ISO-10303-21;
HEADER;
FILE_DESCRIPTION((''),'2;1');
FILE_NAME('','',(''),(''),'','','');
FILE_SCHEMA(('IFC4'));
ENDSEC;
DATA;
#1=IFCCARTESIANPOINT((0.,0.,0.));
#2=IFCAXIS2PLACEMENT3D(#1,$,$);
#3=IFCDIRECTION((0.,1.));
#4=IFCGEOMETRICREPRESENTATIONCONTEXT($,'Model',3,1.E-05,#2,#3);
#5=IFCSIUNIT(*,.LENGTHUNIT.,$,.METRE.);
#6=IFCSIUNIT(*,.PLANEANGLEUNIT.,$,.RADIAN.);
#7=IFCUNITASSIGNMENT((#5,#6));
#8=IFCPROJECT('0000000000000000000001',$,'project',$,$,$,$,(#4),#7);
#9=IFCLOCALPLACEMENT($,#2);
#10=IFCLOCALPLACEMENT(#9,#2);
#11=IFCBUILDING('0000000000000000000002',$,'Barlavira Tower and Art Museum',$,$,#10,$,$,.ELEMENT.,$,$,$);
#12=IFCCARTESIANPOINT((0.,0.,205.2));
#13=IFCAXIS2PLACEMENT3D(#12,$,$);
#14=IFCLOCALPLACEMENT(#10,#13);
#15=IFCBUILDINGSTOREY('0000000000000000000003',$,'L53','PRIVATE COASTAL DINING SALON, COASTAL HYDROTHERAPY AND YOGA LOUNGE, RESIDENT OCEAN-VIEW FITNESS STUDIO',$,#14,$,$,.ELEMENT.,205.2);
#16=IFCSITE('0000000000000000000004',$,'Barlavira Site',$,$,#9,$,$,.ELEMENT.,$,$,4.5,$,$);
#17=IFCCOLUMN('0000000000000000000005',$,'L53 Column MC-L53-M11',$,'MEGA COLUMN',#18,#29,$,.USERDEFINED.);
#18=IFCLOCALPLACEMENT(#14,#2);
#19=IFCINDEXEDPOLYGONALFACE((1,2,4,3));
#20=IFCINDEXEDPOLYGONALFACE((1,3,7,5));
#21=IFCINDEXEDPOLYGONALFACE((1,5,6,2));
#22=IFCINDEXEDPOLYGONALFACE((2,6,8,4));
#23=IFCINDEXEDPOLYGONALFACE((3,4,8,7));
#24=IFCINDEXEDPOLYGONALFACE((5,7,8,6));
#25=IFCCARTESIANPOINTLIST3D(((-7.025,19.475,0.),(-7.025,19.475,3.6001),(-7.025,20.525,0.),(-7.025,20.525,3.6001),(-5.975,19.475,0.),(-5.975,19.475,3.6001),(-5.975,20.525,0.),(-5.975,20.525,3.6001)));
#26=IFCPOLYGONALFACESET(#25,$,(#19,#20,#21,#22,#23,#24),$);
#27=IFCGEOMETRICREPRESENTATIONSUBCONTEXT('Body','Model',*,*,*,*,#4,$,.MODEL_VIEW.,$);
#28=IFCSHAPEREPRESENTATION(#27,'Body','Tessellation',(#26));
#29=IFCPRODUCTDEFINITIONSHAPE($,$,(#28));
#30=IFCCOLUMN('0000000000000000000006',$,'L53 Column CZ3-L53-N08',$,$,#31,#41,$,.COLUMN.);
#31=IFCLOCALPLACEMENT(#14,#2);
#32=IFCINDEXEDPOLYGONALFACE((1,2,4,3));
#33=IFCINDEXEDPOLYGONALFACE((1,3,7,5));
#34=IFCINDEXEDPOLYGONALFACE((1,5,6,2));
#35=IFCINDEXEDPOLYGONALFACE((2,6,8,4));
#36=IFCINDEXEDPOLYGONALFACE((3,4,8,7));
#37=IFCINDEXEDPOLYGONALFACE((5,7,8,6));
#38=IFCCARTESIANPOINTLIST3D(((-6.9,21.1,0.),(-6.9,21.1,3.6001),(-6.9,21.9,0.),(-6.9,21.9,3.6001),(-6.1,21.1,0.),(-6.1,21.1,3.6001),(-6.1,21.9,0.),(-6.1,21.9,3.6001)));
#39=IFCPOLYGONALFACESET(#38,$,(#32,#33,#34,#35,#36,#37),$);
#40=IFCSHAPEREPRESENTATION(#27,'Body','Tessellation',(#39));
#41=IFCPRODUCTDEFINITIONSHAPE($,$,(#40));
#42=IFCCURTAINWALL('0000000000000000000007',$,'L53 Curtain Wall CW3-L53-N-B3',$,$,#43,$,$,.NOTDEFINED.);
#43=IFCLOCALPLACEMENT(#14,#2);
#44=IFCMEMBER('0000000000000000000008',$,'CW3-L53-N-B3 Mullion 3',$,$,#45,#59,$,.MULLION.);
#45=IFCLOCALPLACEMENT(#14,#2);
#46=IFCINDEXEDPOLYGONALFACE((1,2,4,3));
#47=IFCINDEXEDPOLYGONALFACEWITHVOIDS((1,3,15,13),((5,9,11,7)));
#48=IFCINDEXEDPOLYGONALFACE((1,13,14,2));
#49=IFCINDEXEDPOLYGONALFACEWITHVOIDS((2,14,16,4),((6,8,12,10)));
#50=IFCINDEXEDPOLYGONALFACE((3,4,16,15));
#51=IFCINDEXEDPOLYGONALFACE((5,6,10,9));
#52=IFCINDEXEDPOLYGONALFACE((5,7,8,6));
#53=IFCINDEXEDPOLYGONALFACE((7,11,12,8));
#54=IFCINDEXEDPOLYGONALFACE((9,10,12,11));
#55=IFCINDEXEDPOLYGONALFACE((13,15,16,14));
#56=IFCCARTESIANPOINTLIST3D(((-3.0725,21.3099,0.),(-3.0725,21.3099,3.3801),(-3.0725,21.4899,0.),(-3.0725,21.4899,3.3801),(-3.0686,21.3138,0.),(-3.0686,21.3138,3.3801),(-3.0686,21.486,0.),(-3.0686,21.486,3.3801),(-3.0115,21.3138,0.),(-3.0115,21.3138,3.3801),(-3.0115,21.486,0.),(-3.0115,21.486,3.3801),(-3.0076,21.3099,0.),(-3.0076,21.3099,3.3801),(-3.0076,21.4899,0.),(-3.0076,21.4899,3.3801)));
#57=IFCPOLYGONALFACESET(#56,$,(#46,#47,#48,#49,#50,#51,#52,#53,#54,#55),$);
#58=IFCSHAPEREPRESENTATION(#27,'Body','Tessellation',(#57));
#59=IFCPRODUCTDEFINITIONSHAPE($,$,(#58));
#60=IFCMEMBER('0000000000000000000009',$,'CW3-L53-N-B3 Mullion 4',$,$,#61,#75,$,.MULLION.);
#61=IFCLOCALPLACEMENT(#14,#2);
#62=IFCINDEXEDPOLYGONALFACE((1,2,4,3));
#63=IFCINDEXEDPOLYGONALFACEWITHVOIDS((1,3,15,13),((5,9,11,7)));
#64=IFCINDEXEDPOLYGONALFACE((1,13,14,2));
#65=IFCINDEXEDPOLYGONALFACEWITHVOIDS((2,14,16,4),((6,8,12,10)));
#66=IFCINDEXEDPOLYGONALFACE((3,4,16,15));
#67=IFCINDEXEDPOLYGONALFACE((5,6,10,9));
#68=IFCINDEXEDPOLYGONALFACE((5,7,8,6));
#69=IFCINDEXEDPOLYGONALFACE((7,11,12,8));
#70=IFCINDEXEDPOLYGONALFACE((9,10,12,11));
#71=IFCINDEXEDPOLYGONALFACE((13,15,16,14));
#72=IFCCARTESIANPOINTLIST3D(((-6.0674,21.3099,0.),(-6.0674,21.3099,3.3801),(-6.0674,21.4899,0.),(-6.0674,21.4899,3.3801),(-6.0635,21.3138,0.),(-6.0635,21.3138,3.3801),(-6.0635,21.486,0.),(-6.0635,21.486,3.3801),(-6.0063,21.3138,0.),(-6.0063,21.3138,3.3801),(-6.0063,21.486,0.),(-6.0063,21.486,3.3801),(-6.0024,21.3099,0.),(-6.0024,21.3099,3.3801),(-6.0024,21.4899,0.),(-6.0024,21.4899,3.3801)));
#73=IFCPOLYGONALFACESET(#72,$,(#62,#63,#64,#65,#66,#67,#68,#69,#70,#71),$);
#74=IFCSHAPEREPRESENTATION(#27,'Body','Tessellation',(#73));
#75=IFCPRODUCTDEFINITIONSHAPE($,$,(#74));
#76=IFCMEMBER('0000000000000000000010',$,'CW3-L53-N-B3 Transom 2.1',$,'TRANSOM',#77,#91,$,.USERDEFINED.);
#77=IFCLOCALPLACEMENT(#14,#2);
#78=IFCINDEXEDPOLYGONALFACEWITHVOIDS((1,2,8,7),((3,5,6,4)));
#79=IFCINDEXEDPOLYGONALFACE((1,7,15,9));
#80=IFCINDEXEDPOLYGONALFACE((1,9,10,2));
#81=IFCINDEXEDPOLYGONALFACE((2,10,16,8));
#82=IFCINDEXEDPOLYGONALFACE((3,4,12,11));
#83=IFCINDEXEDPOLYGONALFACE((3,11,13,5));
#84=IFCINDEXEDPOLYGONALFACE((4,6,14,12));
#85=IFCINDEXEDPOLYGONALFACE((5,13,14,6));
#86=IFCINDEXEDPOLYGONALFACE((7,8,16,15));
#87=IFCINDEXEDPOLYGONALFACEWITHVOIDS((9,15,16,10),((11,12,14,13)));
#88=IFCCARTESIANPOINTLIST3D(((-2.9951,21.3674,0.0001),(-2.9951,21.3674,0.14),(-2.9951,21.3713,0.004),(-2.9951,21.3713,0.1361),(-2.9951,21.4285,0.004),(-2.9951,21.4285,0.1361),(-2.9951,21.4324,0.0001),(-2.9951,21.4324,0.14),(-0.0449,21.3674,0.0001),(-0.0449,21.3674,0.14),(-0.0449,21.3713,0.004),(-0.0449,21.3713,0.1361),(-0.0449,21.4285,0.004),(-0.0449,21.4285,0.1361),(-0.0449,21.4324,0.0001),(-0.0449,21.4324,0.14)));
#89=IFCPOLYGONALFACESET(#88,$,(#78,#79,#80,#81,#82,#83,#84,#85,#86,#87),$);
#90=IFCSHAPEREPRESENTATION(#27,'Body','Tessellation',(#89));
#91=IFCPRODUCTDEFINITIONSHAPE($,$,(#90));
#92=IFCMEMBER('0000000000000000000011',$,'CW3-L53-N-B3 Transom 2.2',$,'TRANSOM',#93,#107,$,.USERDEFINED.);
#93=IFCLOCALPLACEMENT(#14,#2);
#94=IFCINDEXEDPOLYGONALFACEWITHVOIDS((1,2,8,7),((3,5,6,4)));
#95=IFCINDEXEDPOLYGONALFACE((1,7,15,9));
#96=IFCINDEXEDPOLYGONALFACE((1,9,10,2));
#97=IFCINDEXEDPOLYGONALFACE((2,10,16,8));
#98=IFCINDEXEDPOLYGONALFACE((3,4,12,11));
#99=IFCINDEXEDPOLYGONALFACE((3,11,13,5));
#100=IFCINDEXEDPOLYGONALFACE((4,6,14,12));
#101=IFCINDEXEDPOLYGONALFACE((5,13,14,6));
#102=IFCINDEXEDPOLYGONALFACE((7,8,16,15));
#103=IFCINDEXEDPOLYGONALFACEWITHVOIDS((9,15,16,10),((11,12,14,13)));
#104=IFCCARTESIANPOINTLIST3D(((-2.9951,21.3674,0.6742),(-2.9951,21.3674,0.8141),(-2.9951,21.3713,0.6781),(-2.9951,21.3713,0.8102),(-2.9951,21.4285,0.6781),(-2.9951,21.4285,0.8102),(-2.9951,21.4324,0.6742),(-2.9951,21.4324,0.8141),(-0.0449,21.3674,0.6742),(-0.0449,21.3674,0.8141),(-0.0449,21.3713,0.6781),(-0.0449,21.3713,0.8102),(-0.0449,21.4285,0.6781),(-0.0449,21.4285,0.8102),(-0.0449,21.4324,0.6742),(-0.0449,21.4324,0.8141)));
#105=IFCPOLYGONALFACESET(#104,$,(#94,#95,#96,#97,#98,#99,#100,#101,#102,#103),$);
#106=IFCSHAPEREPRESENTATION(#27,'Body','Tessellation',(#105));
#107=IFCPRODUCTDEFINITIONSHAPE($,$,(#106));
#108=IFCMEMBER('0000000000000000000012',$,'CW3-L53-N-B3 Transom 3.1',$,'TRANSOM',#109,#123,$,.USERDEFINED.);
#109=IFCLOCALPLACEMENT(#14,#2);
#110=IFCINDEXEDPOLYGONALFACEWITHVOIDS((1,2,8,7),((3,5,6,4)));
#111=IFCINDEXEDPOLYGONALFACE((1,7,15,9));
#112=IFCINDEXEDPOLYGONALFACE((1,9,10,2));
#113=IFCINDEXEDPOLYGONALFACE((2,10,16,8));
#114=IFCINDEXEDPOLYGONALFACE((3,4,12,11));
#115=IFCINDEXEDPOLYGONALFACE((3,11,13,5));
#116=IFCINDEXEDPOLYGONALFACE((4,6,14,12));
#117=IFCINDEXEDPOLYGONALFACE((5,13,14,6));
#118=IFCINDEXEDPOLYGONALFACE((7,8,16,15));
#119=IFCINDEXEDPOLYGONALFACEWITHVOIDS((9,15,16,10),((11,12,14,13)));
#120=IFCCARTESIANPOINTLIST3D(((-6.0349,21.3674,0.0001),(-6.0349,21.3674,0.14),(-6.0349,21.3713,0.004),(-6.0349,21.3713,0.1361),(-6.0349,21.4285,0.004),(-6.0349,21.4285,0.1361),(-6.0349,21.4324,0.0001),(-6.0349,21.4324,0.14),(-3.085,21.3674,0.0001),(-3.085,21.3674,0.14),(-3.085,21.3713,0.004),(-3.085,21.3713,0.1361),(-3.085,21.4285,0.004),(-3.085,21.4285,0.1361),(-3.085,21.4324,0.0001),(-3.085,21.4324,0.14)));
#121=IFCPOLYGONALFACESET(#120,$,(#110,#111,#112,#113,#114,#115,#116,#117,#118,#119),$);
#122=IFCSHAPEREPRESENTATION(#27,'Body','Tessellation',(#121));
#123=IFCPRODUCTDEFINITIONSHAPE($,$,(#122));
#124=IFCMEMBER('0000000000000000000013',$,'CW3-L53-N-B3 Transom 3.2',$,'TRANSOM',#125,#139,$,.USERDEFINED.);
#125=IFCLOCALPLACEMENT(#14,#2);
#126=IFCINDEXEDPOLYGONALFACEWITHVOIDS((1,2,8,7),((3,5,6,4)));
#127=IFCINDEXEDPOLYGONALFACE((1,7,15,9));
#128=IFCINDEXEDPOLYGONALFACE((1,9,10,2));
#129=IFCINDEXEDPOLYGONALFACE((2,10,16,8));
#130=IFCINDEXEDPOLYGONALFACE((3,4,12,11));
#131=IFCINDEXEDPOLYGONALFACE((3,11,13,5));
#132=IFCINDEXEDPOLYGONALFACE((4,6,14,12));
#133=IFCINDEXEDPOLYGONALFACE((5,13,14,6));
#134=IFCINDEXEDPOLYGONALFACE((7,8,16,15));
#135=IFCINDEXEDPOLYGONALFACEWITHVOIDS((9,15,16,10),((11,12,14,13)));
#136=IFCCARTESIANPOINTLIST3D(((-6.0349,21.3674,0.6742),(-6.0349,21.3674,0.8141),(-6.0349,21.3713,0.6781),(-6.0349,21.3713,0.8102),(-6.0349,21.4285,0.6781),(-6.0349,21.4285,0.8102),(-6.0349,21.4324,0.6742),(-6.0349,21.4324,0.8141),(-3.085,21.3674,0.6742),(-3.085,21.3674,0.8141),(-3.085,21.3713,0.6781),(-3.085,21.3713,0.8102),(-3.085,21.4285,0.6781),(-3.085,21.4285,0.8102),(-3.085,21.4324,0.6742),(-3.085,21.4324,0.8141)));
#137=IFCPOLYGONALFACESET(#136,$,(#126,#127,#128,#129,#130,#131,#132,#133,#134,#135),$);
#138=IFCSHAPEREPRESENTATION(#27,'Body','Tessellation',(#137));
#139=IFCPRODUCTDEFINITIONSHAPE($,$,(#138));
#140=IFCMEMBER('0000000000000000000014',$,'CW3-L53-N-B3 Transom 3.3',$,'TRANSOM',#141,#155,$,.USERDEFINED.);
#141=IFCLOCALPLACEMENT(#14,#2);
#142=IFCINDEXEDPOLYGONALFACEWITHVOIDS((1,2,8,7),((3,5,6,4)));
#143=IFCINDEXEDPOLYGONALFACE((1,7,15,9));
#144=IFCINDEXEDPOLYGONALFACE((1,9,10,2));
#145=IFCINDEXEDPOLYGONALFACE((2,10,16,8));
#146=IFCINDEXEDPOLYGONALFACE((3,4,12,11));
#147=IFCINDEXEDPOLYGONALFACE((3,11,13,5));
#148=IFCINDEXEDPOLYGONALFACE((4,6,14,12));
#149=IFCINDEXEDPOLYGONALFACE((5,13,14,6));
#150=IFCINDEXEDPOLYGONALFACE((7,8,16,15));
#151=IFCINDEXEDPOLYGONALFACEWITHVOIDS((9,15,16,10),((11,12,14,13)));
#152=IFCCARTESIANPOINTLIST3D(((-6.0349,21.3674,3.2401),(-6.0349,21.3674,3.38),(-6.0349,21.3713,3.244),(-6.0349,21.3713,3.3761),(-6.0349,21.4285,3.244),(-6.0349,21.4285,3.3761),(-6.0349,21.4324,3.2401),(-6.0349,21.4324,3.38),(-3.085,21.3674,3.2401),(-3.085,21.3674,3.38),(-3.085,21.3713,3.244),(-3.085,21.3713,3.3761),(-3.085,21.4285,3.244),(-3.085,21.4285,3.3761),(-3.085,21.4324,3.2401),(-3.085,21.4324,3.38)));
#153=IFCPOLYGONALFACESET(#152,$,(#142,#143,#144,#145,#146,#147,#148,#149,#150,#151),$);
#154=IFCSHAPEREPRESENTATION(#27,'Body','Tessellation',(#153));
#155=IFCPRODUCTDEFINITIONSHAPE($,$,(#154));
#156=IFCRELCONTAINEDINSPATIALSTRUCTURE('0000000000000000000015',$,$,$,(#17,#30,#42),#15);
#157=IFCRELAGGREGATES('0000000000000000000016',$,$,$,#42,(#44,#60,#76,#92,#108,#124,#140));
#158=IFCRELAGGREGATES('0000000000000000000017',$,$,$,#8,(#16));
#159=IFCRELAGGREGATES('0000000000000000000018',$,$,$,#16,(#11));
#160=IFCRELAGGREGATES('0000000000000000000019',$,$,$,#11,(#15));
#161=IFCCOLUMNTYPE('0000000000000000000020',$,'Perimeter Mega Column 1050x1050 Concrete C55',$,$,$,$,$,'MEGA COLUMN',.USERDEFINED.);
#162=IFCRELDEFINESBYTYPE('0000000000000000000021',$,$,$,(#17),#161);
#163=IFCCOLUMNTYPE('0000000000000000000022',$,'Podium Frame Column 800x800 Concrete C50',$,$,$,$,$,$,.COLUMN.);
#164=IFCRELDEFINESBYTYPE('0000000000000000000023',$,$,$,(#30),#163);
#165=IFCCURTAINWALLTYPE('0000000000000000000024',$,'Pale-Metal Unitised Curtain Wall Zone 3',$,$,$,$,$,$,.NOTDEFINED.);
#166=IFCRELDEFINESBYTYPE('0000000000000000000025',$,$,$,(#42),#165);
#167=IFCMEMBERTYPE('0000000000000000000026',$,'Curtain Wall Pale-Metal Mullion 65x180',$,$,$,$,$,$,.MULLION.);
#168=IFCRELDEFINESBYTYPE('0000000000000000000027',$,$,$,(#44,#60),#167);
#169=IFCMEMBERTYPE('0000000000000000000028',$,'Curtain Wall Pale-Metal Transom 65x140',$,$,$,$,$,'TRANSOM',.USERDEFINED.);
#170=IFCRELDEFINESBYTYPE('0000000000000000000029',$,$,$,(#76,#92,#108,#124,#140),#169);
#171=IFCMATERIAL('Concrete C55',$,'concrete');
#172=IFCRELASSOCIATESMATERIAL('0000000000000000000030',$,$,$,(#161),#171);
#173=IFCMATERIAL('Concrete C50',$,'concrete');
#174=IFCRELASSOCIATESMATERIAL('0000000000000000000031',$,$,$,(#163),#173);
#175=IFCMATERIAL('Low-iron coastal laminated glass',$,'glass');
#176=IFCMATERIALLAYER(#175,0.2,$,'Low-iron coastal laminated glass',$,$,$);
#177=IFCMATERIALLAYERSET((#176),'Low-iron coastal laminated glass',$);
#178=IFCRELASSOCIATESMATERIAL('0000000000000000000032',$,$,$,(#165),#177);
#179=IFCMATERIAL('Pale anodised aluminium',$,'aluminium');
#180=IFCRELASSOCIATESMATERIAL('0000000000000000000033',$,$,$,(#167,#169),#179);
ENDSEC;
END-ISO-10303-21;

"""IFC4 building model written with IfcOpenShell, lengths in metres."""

from ifc_helpers import new_model, si_unit, direction, frame, origin, origin_2d, place, context, subcontext, project, spatial, rectangle, hollow_rectangle, extrude, material, layer, layer_set, material_profile, profile_set, type_object, element, aggregate, save


model = new_model("IFC4")

# Units and contexts
model_context = context("Model", 3, precision=1e-05, world=origin(), true_north=direction((0.0, 1.0)))
body_context = subcontext(model_context, "Body", "Model", "MODEL_VIEW")
ifc_project = project(units=[si_unit("LENGTHUNIT", "METRE"), si_unit("PLANEANGLEUNIT", "RADIAN")], contexts=[model_context])

# Site, building, storey
site_placement = place(None, origin())
site = spatial("IfcSite", under=ifc_project, at=site_placement, Name="Barlavira Site", CompositionType="ELEMENT", RefElevation=4.5)
building_placement = place(site_placement, origin())
building = spatial("IfcBuilding", under=site, at=building_placement, Name="Barlavira Tower and Art Museum", CompositionType="ELEMENT")
storey_placement = place(building_placement, frame((0.0, 0.0, 205.2)))
storey = spatial("IfcBuildingStorey", under=building, at=storey_placement, Name="L53", Description="PRIVATE COASTAL DINING SALON, COASTAL HYDROTHERAPY AND YOGA LOUNGE, RESIDENT OCEAN-VIEW FITNESS STUDIO", CompositionType="ELEMENT", Elevation=205.2)

# Columns
ifc_material_1 = material(Name="Concrete C55", Category="concrete")
ifc_material_profile_1 = material_profile(ifc_material_1, rectangle(XDim=1.05, YDim=1.05, at=origin_2d()), Name="RC-COL 1050x1050")
ifc_profile_set_1 = profile_set([ifc_material_profile_1], Name="Concrete C55")
column_type_1 = type_object("IfcColumnType", Name="Perimeter Mega Column 1050x1050 Concrete C55", ElementType="MEGA COLUMN", PredefinedType="USERDEFINED", material=ifc_profile_set_1)
column_1_placement = place(storey_placement, frame((-6.5, 20.0, 0.0), z_axis=(0.0, 0.0, 1.0), x_axis=(1.0, 0.0, 0.0)))
element("IfcColumn", 1, at=column_1_placement, inside=storey, type_object=column_type_1, Name="L53 Column MC-L53-M11", ObjectType="MEGA COLUMN", PredefinedType="USERDEFINED", context=body_context, shape_type="SweptSolid", body=[
    extrude(rectangle(XDim=1.05, YDim=1.05, at=origin_2d()), origin(), (0.0, 0.0, 1.0), 3.6001),
])
ifc_material_2 = material(Name="Concrete C50", Category="concrete")
ifc_material_profile_2 = material_profile(ifc_material_2, rectangle(XDim=0.8, YDim=0.8, at=origin_2d()), Name="RC-COL 800x800")
ifc_profile_set_2 = profile_set([ifc_material_profile_2], Name="Concrete C50")
column_type_2 = type_object("IfcColumnType", Name="Podium Frame Column 800x800 Concrete C50", PredefinedType="COLUMN", material=ifc_profile_set_2)
column_2_placement = place(storey_placement, frame((-6.5, 21.5, 0.0), z_axis=(0.0, 0.0, 1.0), x_axis=(1.0, 0.0, 0.0)))
element("IfcColumn", 2, at=column_2_placement, inside=storey, type_object=column_type_2, Name="L53 Column CZ3-L53-N08", PredefinedType="COLUMN", context=body_context, shape_type="SweptSolid", body=[
    extrude(rectangle(XDim=0.8, YDim=0.8, at=origin_2d()), origin(), (0.0, 0.0, 1.0), 3.6001),
])

# Curtain wall, members
ifc_material_3 = material(Name="Low-iron coastal laminated glass", Category="glass")
ifc_layer_1 = layer(ifc_material_3, 0.2, Name="Low-iron coastal laminated glass")
ifc_layer_set_1 = layer_set([ifc_layer_1], Name="Low-iron coastal laminated glass")
curtain_wall_type = type_object("IfcCurtainWallType", Name="Pale-Metal Unitised Curtain Wall Zone 3", PredefinedType="NOTDEFINED", material=ifc_layer_set_1)
curtain_wall_placement = place(storey_placement, origin())
curtain_wall = element("IfcCurtainWall", 3, at=curtain_wall_placement, inside=storey, type_object=curtain_wall_type, Name="L53 Curtain Wall CW3-L53-N-B3", PredefinedType="NOTDEFINED")
ifc_material_4 = material(Name="Pale anodised aluminium", Category="aluminium")
ifc_material_profile_3 = material_profile(ifc_material_4, hollow_rectangle(XDim=0.0649, YDim=0.1799, WallThickness=0.0039, at=origin_2d()), Name="ALU-MULL 65x180x4")
ifc_profile_set_3 = profile_set([ifc_material_profile_3], Name="Pale anodised aluminium")
member_type_1 = type_object("IfcMemberType", Name="Curtain Wall Pale-Metal Mullion 65x180", PredefinedType="MULLION", material=ifc_profile_set_3)
member_1_placement = place(storey_placement, frame((-3.04, 21.3999, 0.0), z_axis=(0.0, 0.0, 1.0), x_axis=(-1.0, 0.0, 0.0)))
member_1 = element("IfcMember", 4, at=member_1_placement, type_object=member_type_1, Name="CW3-L53-N-B3 Mullion 3", PredefinedType="MULLION", context=body_context, shape_type="SweptSolid", body=[
    extrude(hollow_rectangle(XDim=0.0649, YDim=0.1799, WallThickness=0.0039, at=origin_2d()), origin(), (0.0, 0.0, 1.0), 3.3801),
])
member_2_placement = place(storey_placement, frame((-6.0349, 21.3999, 0.0), z_axis=(0.0, 0.0, 1.0), x_axis=(-1.0, 0.0, 0.0)))
member_2 = element("IfcMember", 5, at=member_2_placement, type_object=member_type_1, Name="CW3-L53-N-B3 Mullion 4", PredefinedType="MULLION", context=body_context, shape_type="SweptSolid", body=[
    extrude(hollow_rectangle(XDim=0.0649, YDim=0.1799, WallThickness=0.0039, at=origin_2d()), origin(), (0.0, 0.0, 1.0), 3.3801),
])
ifc_material_profile_4 = material_profile(ifc_material_4, hollow_rectangle(XDim=0.0649, YDim=0.1399, WallThickness=0.0039, at=origin_2d()), Name="ALU-TRAN 65x140x4")
ifc_profile_set_4 = profile_set([ifc_material_profile_4], Name="Pale anodised aluminium")
member_type_2 = type_object("IfcMemberType", Name="Curtain Wall Pale-Metal Transom 65x140", ElementType="TRANSOM", PredefinedType="USERDEFINED", material=ifc_profile_set_4)
member_3_placement = place(storey_placement, frame((-0.0449, 21.3999, 0.0701), z_axis=(-1.0, 0.0, 0.0), x_axis=(0.0, -1.0, 0.0)))
member_3 = element("IfcMember", 6, at=member_3_placement, type_object=member_type_2, Name="CW3-L53-N-B3 Transom 2.1", ObjectType="TRANSOM", PredefinedType="USERDEFINED", context=body_context, shape_type="SweptSolid", body=[
    extrude(hollow_rectangle(XDim=0.0649, YDim=0.1399, WallThickness=0.0039, at=origin_2d()), origin(), (0.0, 0.0, 1.0), 2.9502),
])
member_4_placement = place(storey_placement, frame((-0.0449, 21.3999, 0.7441), z_axis=(-1.0, 0.0, 0.0), x_axis=(0.0, -1.0, 0.0)))
member_4 = element("IfcMember", 7, at=member_4_placement, type_object=member_type_2, Name="CW3-L53-N-B3 Transom 2.2", ObjectType="TRANSOM", PredefinedType="USERDEFINED", context=body_context, shape_type="SweptSolid", body=[
    extrude(hollow_rectangle(XDim=0.0649, YDim=0.1399, WallThickness=0.0039, at=origin_2d()), origin(), (0.0, 0.0, 1.0), 2.9502),
])
member_5_placement = place(storey_placement, frame((-3.085, 21.3999, 0.0701), z_axis=(-1.0, 0.0, 0.0), x_axis=(0.0, -1.0, 0.0)))
member_5 = element("IfcMember", 8, at=member_5_placement, type_object=member_type_2, Name="CW3-L53-N-B3 Transom 3.1", ObjectType="TRANSOM", PredefinedType="USERDEFINED", context=body_context, shape_type="SweptSolid", body=[
    extrude(hollow_rectangle(XDim=0.0649, YDim=0.1399, WallThickness=0.0039, at=origin_2d()), origin(), (0.0, 0.0, 1.0), 2.95),
])
member_6_placement = place(storey_placement, frame((-3.085, 21.3999, 0.7441), z_axis=(-1.0, 0.0, 0.0), x_axis=(0.0, -1.0, 0.0)))
member_6 = element("IfcMember", 9, at=member_6_placement, type_object=member_type_2, Name="CW3-L53-N-B3 Transom 3.2", ObjectType="TRANSOM", PredefinedType="USERDEFINED", context=body_context, shape_type="SweptSolid", body=[
    extrude(hollow_rectangle(XDim=0.0649, YDim=0.1399, WallThickness=0.0039, at=origin_2d()), origin(), (0.0, 0.0, 1.0), 2.95),
])
member_7_placement = place(storey_placement, frame((-3.085, 21.3999, 3.3101), z_axis=(-1.0, 0.0, 0.0), x_axis=(0.0, -1.0, 0.0)))
member_7 = element("IfcMember", 10, at=member_7_placement, type_object=member_type_2, Name="CW3-L53-N-B3 Transom 3.3", ObjectType="TRANSOM", PredefinedType="USERDEFINED", context=body_context, shape_type="SweptSolid", body=[
    extrude(hollow_rectangle(XDim=0.0649, YDim=0.1399, WallThickness=0.0039, at=origin_2d()), origin(), (0.0, 0.0, 1.0), 2.95),
])

aggregate(curtain_wall, [member_1, member_2, member_3, member_4, member_5, member_6, member_7])

save(model, "model.ifc")
